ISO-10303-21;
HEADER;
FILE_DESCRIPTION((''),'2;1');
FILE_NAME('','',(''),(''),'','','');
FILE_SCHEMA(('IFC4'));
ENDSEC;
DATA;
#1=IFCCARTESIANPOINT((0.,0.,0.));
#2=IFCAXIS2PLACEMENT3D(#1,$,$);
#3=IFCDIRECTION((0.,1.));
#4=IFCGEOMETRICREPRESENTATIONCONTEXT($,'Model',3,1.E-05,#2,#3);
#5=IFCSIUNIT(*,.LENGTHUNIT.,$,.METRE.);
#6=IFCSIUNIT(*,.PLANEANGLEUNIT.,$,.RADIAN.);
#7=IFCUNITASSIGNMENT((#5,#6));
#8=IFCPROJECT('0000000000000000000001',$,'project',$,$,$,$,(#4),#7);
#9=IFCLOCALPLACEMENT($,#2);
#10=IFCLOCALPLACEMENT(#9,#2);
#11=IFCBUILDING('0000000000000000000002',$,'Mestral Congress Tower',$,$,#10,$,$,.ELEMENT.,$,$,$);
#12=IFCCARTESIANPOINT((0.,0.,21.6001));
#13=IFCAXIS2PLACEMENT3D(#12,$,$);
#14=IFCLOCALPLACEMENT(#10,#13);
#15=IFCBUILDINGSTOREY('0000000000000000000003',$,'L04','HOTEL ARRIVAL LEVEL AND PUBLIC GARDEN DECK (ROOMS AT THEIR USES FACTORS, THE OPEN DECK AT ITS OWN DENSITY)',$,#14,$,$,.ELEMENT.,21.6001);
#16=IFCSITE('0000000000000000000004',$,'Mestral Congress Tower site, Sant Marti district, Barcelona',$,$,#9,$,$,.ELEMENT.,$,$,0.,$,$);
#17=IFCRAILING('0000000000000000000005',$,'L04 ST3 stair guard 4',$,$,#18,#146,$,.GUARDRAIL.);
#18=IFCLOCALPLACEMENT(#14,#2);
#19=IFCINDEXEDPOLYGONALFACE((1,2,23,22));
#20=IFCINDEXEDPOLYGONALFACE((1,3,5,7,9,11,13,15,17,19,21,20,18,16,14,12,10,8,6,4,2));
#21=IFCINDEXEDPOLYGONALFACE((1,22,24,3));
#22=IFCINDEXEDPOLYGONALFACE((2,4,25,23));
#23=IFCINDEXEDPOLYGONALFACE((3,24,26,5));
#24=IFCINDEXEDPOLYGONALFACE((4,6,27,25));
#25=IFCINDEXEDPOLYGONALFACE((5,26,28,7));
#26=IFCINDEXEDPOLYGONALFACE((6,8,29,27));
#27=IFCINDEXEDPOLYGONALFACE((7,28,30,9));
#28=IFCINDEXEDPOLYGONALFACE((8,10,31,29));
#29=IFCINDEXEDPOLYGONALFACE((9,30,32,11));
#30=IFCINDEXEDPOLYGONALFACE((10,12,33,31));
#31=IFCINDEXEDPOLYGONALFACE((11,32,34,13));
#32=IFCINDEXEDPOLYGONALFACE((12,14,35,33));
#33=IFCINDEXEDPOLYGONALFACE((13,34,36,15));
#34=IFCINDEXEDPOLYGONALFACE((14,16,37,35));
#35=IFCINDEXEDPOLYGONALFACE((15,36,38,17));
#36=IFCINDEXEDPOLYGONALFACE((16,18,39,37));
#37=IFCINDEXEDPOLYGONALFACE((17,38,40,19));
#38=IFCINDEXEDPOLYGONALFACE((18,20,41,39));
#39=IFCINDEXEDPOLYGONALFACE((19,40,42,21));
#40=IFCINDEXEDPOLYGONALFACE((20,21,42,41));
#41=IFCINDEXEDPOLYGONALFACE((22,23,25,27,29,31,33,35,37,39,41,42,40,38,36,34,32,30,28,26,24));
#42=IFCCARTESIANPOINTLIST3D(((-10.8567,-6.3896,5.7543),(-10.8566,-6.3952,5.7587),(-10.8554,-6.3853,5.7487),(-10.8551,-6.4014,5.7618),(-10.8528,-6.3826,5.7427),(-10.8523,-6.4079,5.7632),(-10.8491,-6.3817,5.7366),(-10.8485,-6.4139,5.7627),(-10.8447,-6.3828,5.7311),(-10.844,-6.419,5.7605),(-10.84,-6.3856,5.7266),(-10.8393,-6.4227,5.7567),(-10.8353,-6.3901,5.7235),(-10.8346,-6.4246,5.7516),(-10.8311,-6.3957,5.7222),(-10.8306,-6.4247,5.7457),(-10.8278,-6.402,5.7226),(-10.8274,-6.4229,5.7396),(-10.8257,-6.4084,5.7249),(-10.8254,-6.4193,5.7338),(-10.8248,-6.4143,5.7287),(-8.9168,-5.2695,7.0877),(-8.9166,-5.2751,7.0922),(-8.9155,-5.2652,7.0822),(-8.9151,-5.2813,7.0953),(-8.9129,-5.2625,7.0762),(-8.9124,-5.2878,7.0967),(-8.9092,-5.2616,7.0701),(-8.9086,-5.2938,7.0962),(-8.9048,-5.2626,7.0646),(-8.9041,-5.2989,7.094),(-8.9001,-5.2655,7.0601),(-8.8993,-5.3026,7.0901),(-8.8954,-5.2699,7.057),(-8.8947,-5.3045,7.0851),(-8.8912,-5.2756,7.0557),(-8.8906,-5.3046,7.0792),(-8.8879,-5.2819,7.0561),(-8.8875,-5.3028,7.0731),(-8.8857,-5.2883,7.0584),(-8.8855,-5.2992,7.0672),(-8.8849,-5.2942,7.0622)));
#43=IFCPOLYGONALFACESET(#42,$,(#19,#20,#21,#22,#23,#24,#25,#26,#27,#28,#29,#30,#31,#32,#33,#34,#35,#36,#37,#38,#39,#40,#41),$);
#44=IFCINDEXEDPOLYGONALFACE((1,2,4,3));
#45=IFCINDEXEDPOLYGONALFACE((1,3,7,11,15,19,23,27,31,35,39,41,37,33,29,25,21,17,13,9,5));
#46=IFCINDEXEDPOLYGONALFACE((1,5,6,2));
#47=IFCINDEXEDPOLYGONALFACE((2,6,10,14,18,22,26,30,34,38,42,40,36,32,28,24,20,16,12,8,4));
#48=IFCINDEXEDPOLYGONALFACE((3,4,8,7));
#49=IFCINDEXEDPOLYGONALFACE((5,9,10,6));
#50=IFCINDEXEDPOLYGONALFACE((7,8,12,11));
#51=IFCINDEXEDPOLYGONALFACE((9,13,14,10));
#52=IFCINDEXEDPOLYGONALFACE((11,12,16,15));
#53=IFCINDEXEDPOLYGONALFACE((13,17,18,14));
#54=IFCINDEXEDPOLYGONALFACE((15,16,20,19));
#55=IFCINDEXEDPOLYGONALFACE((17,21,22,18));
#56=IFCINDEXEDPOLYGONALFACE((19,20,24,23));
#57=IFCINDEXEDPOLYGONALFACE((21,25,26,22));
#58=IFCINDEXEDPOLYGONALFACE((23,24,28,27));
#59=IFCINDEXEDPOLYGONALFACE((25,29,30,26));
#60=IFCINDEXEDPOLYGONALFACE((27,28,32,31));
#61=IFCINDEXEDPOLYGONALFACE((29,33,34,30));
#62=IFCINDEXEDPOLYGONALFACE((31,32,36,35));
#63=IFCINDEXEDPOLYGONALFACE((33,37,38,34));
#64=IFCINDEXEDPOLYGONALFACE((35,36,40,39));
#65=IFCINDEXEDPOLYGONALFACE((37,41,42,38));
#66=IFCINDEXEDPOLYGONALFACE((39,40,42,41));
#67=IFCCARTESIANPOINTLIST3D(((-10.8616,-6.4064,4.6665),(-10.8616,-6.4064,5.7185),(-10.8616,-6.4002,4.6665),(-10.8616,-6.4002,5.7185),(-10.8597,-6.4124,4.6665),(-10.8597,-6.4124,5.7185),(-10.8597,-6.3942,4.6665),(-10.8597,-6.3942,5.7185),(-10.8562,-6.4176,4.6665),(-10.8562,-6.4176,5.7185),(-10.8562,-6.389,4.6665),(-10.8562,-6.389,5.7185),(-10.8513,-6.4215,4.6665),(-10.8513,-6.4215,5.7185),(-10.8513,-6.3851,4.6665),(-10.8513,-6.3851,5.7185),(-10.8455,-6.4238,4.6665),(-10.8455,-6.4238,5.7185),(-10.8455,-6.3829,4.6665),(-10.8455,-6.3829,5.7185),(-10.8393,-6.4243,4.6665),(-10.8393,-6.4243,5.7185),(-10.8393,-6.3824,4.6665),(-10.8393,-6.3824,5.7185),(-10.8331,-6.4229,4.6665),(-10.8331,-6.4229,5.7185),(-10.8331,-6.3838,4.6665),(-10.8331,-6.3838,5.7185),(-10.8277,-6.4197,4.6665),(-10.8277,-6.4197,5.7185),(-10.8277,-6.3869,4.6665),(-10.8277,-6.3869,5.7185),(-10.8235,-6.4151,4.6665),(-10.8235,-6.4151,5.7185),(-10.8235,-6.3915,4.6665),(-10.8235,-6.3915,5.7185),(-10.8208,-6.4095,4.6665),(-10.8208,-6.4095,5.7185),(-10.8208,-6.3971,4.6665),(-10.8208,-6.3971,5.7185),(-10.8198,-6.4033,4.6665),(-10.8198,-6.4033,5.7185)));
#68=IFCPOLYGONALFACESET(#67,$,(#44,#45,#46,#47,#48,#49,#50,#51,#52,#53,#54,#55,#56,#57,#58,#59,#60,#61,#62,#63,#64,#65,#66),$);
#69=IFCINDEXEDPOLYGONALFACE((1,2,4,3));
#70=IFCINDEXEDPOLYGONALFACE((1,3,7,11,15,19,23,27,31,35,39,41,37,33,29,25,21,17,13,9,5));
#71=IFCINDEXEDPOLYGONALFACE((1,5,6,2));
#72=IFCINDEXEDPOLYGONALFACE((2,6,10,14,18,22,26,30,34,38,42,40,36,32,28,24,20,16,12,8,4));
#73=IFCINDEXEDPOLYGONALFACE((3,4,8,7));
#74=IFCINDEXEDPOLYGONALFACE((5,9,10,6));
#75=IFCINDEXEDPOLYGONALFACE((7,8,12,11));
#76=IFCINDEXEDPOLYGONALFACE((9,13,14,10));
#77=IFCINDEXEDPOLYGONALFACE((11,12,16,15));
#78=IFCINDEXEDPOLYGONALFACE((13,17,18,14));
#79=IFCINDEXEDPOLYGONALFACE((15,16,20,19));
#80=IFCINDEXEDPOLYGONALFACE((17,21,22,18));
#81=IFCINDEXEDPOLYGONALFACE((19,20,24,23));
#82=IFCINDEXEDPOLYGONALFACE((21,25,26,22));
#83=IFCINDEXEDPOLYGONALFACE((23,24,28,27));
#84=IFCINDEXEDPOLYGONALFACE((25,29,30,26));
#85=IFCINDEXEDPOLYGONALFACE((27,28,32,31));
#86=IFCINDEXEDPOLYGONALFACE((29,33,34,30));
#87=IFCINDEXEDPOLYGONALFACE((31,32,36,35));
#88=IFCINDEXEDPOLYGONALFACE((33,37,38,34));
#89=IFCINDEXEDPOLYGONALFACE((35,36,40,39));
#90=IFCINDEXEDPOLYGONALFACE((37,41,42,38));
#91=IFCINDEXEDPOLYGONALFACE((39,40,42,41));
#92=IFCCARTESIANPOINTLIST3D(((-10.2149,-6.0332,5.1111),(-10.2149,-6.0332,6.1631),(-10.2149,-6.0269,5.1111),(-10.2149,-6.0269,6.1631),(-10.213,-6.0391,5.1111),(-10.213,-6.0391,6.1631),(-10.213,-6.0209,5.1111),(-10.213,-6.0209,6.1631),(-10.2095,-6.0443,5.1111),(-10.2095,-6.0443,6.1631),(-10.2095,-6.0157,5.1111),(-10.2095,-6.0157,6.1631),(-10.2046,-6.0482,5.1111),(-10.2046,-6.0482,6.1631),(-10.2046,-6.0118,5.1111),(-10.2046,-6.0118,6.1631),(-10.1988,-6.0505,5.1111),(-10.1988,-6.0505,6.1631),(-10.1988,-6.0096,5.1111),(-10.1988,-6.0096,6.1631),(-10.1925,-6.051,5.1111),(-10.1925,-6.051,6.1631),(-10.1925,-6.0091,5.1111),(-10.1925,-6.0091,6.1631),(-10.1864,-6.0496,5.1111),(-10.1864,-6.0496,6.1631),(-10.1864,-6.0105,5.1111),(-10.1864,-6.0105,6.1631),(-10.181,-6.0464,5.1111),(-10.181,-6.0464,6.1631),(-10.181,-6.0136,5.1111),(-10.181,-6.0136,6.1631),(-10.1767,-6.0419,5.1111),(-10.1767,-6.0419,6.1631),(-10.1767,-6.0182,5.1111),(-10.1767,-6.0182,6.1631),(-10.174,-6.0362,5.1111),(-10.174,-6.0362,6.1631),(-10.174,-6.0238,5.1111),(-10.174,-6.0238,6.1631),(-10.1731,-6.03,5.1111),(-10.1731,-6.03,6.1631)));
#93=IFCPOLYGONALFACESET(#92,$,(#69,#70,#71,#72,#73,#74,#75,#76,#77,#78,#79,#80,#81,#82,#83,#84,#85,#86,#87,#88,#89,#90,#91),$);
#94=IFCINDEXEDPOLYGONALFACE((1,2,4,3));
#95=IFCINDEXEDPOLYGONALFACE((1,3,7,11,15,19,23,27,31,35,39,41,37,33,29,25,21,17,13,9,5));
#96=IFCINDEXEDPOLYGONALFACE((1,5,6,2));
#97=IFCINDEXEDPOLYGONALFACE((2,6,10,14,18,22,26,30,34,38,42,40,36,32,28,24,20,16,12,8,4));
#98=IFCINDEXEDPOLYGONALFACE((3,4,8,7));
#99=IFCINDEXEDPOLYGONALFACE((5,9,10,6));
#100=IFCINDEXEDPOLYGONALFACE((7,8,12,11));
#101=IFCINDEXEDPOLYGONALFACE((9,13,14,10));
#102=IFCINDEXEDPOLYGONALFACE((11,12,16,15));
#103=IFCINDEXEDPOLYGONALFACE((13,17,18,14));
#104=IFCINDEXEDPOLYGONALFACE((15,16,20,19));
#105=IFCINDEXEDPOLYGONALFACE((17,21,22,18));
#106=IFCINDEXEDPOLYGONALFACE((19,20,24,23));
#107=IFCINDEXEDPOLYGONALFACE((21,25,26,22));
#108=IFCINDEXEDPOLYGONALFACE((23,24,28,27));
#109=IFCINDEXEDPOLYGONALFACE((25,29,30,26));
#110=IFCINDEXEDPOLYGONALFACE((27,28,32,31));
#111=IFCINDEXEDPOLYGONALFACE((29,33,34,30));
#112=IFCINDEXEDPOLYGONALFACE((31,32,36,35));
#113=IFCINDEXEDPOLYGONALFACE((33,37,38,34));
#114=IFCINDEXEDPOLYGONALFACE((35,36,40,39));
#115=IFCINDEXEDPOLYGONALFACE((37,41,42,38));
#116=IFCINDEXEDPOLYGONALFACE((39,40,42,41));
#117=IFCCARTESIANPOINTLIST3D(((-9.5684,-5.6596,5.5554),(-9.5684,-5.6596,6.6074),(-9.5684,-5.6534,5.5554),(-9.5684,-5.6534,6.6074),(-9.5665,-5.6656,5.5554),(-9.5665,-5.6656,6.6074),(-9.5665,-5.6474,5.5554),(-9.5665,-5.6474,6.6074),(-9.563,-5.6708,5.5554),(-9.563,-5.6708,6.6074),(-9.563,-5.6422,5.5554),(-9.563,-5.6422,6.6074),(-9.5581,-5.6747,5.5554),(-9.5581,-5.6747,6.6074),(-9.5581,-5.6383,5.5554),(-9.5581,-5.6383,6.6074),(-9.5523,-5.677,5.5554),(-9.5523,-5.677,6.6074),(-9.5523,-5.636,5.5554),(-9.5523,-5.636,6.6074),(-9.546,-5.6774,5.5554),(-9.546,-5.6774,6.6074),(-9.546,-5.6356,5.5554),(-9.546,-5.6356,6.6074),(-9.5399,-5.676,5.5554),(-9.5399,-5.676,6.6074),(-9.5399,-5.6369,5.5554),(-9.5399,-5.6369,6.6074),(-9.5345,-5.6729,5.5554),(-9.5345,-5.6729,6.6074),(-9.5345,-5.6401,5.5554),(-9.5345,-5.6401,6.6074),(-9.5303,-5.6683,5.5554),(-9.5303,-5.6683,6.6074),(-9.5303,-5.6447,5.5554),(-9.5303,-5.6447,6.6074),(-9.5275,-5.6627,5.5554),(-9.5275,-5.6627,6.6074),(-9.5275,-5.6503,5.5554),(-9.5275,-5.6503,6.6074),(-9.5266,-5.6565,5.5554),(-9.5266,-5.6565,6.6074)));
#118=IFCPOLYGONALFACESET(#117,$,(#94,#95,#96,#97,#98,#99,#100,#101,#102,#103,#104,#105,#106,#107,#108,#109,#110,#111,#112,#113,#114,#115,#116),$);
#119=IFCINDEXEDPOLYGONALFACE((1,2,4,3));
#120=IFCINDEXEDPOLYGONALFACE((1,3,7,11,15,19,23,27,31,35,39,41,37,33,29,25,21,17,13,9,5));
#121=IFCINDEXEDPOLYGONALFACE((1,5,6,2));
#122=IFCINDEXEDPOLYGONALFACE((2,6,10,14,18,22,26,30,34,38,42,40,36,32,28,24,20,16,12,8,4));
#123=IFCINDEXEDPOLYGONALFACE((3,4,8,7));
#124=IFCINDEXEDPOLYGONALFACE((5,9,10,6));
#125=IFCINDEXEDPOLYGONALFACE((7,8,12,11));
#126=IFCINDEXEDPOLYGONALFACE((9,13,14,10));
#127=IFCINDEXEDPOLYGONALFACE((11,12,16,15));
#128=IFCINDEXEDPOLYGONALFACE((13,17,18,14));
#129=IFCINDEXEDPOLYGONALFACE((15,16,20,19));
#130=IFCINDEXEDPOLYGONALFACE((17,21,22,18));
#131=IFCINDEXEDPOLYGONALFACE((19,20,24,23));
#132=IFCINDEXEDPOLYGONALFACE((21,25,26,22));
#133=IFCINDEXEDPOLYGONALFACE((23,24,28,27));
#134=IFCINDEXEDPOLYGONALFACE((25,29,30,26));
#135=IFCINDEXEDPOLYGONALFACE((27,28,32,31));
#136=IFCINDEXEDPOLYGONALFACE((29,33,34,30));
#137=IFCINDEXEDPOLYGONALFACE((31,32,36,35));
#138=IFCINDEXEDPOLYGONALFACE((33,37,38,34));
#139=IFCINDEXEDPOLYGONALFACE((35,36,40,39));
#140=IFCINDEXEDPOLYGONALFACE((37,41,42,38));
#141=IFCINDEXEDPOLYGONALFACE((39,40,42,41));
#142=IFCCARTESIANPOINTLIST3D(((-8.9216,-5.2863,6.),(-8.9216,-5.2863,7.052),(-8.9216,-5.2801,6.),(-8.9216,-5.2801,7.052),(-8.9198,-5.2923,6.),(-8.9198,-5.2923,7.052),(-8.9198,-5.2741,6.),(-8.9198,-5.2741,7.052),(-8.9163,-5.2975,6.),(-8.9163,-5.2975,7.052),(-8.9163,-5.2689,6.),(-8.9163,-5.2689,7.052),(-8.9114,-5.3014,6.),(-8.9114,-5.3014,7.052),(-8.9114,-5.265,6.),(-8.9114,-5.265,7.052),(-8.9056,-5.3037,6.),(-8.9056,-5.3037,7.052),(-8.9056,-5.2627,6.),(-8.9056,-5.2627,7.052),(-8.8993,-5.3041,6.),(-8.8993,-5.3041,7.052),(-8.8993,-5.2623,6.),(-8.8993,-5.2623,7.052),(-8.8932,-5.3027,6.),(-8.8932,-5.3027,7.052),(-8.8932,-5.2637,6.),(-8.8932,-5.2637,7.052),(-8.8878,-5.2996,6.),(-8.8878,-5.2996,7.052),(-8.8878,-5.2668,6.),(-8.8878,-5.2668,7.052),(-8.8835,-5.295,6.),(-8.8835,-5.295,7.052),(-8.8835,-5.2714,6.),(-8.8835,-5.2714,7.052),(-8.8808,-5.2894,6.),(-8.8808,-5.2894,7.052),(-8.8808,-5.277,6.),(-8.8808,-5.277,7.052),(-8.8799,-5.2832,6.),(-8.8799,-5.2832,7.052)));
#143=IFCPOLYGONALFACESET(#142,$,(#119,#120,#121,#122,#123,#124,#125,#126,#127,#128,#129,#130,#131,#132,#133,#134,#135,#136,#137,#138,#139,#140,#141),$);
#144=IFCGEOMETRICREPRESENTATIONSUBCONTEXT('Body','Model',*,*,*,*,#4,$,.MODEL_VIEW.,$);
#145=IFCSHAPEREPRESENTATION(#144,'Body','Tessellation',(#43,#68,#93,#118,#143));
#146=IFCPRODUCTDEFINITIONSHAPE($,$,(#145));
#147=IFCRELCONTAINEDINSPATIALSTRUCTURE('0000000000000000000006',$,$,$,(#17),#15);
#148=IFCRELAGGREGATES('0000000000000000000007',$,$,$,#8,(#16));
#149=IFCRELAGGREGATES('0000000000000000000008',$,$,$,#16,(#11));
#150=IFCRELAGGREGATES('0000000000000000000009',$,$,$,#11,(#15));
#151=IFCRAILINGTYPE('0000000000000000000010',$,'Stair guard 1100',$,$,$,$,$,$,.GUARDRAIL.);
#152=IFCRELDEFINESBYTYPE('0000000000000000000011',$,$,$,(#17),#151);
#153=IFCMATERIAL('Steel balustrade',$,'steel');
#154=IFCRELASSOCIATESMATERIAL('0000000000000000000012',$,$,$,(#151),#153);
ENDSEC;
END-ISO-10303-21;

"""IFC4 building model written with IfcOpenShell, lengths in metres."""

from ifc_helpers import new_model, si_unit, direction, frame, origin, origin_2d, place, context, subcontext, project, spatial, circle, extrude, material, type_object, element, save


model = new_model("IFC4")

# Units and contexts
model_context = context("Model", 3, precision=1e-05, world=origin(), true_north=direction((0.0, 1.0)))
body_context = subcontext(model_context, "Body", "Model", "MODEL_VIEW")
ifc_project = project(units=[si_unit("LENGTHUNIT", "METRE"), si_unit("PLANEANGLEUNIT", "RADIAN")], contexts=[model_context])

# Site, building, storey
site_placement = place(None, origin())
site = spatial("IfcSite", under=ifc_project, at=site_placement, Name="Mestral Congress Tower site, Sant Marti district, Barcelona", CompositionType="ELEMENT", RefElevation=0.0)
building_placement = place(site_placement, origin())
building = spatial("IfcBuilding", under=site, at=building_placement, Name="Mestral Congress Tower", CompositionType="ELEMENT")
storey_placement = place(building_placement, frame((0.0, 0.0, 21.6001)))
storey = spatial("IfcBuildingStorey", under=building, at=storey_placement, Name="L04", Description="HOTEL ARRIVAL LEVEL AND PUBLIC GARDEN DECK (ROOMS AT THEIR USES FACTORS, THE OPEN DECK AT ITS OWN DENSITY)", CompositionType="ELEMENT", Elevation=21.6001)

# Railing
ifc_material_1 = material(Name="Steel balustrade", Category="steel")
railing_type_1 = type_object("IfcRailingType", Name="Stair guard 1100", PredefinedType="GUARDRAIL", material=ifc_material_1)
railing_1_placement = place(storey_placement, frame((-10.8408, -6.4033, 4.6665)))
element("IfcRailing", 1, at=railing_1_placement, inside=storey, type_object=railing_type_1, Name="L04 ST3 stair guard 4", PredefinedType="GUARDRAIL", context=body_context, shape_type="SweptSolid", body=[
    extrude(circle(Radius=0.0239, at=origin_2d()), frame((0.0, 0.0, 1.0762), z_axis=(0.744139, 0.429664, 0.511514), x_axis=(-0.500031, 0.866008, 0.0)), (0.0, 0.0, 1.0), 2.6069),
    extrude(circle(Radius=0.021, at=origin_2d()), origin(), (0.0, 0.0, 1.0), 1.052),
    extrude(circle(Radius=0.021, at=origin_2d()), frame((0.6467, 0.3733, 0.4446)), (0.0, 0.0, 1.0), 1.052),
    extrude(circle(Radius=0.021, at=origin_2d()), frame((1.2932, 0.7468, 0.8889)), (0.0, 0.0, 1.0), 1.052),
    extrude(circle(Radius=0.021, at=origin_2d()), frame((1.9399, 1.1201, 1.3335)), (0.0, 0.0, 1.0), 1.052),
])

save(model, "model.ifc")
